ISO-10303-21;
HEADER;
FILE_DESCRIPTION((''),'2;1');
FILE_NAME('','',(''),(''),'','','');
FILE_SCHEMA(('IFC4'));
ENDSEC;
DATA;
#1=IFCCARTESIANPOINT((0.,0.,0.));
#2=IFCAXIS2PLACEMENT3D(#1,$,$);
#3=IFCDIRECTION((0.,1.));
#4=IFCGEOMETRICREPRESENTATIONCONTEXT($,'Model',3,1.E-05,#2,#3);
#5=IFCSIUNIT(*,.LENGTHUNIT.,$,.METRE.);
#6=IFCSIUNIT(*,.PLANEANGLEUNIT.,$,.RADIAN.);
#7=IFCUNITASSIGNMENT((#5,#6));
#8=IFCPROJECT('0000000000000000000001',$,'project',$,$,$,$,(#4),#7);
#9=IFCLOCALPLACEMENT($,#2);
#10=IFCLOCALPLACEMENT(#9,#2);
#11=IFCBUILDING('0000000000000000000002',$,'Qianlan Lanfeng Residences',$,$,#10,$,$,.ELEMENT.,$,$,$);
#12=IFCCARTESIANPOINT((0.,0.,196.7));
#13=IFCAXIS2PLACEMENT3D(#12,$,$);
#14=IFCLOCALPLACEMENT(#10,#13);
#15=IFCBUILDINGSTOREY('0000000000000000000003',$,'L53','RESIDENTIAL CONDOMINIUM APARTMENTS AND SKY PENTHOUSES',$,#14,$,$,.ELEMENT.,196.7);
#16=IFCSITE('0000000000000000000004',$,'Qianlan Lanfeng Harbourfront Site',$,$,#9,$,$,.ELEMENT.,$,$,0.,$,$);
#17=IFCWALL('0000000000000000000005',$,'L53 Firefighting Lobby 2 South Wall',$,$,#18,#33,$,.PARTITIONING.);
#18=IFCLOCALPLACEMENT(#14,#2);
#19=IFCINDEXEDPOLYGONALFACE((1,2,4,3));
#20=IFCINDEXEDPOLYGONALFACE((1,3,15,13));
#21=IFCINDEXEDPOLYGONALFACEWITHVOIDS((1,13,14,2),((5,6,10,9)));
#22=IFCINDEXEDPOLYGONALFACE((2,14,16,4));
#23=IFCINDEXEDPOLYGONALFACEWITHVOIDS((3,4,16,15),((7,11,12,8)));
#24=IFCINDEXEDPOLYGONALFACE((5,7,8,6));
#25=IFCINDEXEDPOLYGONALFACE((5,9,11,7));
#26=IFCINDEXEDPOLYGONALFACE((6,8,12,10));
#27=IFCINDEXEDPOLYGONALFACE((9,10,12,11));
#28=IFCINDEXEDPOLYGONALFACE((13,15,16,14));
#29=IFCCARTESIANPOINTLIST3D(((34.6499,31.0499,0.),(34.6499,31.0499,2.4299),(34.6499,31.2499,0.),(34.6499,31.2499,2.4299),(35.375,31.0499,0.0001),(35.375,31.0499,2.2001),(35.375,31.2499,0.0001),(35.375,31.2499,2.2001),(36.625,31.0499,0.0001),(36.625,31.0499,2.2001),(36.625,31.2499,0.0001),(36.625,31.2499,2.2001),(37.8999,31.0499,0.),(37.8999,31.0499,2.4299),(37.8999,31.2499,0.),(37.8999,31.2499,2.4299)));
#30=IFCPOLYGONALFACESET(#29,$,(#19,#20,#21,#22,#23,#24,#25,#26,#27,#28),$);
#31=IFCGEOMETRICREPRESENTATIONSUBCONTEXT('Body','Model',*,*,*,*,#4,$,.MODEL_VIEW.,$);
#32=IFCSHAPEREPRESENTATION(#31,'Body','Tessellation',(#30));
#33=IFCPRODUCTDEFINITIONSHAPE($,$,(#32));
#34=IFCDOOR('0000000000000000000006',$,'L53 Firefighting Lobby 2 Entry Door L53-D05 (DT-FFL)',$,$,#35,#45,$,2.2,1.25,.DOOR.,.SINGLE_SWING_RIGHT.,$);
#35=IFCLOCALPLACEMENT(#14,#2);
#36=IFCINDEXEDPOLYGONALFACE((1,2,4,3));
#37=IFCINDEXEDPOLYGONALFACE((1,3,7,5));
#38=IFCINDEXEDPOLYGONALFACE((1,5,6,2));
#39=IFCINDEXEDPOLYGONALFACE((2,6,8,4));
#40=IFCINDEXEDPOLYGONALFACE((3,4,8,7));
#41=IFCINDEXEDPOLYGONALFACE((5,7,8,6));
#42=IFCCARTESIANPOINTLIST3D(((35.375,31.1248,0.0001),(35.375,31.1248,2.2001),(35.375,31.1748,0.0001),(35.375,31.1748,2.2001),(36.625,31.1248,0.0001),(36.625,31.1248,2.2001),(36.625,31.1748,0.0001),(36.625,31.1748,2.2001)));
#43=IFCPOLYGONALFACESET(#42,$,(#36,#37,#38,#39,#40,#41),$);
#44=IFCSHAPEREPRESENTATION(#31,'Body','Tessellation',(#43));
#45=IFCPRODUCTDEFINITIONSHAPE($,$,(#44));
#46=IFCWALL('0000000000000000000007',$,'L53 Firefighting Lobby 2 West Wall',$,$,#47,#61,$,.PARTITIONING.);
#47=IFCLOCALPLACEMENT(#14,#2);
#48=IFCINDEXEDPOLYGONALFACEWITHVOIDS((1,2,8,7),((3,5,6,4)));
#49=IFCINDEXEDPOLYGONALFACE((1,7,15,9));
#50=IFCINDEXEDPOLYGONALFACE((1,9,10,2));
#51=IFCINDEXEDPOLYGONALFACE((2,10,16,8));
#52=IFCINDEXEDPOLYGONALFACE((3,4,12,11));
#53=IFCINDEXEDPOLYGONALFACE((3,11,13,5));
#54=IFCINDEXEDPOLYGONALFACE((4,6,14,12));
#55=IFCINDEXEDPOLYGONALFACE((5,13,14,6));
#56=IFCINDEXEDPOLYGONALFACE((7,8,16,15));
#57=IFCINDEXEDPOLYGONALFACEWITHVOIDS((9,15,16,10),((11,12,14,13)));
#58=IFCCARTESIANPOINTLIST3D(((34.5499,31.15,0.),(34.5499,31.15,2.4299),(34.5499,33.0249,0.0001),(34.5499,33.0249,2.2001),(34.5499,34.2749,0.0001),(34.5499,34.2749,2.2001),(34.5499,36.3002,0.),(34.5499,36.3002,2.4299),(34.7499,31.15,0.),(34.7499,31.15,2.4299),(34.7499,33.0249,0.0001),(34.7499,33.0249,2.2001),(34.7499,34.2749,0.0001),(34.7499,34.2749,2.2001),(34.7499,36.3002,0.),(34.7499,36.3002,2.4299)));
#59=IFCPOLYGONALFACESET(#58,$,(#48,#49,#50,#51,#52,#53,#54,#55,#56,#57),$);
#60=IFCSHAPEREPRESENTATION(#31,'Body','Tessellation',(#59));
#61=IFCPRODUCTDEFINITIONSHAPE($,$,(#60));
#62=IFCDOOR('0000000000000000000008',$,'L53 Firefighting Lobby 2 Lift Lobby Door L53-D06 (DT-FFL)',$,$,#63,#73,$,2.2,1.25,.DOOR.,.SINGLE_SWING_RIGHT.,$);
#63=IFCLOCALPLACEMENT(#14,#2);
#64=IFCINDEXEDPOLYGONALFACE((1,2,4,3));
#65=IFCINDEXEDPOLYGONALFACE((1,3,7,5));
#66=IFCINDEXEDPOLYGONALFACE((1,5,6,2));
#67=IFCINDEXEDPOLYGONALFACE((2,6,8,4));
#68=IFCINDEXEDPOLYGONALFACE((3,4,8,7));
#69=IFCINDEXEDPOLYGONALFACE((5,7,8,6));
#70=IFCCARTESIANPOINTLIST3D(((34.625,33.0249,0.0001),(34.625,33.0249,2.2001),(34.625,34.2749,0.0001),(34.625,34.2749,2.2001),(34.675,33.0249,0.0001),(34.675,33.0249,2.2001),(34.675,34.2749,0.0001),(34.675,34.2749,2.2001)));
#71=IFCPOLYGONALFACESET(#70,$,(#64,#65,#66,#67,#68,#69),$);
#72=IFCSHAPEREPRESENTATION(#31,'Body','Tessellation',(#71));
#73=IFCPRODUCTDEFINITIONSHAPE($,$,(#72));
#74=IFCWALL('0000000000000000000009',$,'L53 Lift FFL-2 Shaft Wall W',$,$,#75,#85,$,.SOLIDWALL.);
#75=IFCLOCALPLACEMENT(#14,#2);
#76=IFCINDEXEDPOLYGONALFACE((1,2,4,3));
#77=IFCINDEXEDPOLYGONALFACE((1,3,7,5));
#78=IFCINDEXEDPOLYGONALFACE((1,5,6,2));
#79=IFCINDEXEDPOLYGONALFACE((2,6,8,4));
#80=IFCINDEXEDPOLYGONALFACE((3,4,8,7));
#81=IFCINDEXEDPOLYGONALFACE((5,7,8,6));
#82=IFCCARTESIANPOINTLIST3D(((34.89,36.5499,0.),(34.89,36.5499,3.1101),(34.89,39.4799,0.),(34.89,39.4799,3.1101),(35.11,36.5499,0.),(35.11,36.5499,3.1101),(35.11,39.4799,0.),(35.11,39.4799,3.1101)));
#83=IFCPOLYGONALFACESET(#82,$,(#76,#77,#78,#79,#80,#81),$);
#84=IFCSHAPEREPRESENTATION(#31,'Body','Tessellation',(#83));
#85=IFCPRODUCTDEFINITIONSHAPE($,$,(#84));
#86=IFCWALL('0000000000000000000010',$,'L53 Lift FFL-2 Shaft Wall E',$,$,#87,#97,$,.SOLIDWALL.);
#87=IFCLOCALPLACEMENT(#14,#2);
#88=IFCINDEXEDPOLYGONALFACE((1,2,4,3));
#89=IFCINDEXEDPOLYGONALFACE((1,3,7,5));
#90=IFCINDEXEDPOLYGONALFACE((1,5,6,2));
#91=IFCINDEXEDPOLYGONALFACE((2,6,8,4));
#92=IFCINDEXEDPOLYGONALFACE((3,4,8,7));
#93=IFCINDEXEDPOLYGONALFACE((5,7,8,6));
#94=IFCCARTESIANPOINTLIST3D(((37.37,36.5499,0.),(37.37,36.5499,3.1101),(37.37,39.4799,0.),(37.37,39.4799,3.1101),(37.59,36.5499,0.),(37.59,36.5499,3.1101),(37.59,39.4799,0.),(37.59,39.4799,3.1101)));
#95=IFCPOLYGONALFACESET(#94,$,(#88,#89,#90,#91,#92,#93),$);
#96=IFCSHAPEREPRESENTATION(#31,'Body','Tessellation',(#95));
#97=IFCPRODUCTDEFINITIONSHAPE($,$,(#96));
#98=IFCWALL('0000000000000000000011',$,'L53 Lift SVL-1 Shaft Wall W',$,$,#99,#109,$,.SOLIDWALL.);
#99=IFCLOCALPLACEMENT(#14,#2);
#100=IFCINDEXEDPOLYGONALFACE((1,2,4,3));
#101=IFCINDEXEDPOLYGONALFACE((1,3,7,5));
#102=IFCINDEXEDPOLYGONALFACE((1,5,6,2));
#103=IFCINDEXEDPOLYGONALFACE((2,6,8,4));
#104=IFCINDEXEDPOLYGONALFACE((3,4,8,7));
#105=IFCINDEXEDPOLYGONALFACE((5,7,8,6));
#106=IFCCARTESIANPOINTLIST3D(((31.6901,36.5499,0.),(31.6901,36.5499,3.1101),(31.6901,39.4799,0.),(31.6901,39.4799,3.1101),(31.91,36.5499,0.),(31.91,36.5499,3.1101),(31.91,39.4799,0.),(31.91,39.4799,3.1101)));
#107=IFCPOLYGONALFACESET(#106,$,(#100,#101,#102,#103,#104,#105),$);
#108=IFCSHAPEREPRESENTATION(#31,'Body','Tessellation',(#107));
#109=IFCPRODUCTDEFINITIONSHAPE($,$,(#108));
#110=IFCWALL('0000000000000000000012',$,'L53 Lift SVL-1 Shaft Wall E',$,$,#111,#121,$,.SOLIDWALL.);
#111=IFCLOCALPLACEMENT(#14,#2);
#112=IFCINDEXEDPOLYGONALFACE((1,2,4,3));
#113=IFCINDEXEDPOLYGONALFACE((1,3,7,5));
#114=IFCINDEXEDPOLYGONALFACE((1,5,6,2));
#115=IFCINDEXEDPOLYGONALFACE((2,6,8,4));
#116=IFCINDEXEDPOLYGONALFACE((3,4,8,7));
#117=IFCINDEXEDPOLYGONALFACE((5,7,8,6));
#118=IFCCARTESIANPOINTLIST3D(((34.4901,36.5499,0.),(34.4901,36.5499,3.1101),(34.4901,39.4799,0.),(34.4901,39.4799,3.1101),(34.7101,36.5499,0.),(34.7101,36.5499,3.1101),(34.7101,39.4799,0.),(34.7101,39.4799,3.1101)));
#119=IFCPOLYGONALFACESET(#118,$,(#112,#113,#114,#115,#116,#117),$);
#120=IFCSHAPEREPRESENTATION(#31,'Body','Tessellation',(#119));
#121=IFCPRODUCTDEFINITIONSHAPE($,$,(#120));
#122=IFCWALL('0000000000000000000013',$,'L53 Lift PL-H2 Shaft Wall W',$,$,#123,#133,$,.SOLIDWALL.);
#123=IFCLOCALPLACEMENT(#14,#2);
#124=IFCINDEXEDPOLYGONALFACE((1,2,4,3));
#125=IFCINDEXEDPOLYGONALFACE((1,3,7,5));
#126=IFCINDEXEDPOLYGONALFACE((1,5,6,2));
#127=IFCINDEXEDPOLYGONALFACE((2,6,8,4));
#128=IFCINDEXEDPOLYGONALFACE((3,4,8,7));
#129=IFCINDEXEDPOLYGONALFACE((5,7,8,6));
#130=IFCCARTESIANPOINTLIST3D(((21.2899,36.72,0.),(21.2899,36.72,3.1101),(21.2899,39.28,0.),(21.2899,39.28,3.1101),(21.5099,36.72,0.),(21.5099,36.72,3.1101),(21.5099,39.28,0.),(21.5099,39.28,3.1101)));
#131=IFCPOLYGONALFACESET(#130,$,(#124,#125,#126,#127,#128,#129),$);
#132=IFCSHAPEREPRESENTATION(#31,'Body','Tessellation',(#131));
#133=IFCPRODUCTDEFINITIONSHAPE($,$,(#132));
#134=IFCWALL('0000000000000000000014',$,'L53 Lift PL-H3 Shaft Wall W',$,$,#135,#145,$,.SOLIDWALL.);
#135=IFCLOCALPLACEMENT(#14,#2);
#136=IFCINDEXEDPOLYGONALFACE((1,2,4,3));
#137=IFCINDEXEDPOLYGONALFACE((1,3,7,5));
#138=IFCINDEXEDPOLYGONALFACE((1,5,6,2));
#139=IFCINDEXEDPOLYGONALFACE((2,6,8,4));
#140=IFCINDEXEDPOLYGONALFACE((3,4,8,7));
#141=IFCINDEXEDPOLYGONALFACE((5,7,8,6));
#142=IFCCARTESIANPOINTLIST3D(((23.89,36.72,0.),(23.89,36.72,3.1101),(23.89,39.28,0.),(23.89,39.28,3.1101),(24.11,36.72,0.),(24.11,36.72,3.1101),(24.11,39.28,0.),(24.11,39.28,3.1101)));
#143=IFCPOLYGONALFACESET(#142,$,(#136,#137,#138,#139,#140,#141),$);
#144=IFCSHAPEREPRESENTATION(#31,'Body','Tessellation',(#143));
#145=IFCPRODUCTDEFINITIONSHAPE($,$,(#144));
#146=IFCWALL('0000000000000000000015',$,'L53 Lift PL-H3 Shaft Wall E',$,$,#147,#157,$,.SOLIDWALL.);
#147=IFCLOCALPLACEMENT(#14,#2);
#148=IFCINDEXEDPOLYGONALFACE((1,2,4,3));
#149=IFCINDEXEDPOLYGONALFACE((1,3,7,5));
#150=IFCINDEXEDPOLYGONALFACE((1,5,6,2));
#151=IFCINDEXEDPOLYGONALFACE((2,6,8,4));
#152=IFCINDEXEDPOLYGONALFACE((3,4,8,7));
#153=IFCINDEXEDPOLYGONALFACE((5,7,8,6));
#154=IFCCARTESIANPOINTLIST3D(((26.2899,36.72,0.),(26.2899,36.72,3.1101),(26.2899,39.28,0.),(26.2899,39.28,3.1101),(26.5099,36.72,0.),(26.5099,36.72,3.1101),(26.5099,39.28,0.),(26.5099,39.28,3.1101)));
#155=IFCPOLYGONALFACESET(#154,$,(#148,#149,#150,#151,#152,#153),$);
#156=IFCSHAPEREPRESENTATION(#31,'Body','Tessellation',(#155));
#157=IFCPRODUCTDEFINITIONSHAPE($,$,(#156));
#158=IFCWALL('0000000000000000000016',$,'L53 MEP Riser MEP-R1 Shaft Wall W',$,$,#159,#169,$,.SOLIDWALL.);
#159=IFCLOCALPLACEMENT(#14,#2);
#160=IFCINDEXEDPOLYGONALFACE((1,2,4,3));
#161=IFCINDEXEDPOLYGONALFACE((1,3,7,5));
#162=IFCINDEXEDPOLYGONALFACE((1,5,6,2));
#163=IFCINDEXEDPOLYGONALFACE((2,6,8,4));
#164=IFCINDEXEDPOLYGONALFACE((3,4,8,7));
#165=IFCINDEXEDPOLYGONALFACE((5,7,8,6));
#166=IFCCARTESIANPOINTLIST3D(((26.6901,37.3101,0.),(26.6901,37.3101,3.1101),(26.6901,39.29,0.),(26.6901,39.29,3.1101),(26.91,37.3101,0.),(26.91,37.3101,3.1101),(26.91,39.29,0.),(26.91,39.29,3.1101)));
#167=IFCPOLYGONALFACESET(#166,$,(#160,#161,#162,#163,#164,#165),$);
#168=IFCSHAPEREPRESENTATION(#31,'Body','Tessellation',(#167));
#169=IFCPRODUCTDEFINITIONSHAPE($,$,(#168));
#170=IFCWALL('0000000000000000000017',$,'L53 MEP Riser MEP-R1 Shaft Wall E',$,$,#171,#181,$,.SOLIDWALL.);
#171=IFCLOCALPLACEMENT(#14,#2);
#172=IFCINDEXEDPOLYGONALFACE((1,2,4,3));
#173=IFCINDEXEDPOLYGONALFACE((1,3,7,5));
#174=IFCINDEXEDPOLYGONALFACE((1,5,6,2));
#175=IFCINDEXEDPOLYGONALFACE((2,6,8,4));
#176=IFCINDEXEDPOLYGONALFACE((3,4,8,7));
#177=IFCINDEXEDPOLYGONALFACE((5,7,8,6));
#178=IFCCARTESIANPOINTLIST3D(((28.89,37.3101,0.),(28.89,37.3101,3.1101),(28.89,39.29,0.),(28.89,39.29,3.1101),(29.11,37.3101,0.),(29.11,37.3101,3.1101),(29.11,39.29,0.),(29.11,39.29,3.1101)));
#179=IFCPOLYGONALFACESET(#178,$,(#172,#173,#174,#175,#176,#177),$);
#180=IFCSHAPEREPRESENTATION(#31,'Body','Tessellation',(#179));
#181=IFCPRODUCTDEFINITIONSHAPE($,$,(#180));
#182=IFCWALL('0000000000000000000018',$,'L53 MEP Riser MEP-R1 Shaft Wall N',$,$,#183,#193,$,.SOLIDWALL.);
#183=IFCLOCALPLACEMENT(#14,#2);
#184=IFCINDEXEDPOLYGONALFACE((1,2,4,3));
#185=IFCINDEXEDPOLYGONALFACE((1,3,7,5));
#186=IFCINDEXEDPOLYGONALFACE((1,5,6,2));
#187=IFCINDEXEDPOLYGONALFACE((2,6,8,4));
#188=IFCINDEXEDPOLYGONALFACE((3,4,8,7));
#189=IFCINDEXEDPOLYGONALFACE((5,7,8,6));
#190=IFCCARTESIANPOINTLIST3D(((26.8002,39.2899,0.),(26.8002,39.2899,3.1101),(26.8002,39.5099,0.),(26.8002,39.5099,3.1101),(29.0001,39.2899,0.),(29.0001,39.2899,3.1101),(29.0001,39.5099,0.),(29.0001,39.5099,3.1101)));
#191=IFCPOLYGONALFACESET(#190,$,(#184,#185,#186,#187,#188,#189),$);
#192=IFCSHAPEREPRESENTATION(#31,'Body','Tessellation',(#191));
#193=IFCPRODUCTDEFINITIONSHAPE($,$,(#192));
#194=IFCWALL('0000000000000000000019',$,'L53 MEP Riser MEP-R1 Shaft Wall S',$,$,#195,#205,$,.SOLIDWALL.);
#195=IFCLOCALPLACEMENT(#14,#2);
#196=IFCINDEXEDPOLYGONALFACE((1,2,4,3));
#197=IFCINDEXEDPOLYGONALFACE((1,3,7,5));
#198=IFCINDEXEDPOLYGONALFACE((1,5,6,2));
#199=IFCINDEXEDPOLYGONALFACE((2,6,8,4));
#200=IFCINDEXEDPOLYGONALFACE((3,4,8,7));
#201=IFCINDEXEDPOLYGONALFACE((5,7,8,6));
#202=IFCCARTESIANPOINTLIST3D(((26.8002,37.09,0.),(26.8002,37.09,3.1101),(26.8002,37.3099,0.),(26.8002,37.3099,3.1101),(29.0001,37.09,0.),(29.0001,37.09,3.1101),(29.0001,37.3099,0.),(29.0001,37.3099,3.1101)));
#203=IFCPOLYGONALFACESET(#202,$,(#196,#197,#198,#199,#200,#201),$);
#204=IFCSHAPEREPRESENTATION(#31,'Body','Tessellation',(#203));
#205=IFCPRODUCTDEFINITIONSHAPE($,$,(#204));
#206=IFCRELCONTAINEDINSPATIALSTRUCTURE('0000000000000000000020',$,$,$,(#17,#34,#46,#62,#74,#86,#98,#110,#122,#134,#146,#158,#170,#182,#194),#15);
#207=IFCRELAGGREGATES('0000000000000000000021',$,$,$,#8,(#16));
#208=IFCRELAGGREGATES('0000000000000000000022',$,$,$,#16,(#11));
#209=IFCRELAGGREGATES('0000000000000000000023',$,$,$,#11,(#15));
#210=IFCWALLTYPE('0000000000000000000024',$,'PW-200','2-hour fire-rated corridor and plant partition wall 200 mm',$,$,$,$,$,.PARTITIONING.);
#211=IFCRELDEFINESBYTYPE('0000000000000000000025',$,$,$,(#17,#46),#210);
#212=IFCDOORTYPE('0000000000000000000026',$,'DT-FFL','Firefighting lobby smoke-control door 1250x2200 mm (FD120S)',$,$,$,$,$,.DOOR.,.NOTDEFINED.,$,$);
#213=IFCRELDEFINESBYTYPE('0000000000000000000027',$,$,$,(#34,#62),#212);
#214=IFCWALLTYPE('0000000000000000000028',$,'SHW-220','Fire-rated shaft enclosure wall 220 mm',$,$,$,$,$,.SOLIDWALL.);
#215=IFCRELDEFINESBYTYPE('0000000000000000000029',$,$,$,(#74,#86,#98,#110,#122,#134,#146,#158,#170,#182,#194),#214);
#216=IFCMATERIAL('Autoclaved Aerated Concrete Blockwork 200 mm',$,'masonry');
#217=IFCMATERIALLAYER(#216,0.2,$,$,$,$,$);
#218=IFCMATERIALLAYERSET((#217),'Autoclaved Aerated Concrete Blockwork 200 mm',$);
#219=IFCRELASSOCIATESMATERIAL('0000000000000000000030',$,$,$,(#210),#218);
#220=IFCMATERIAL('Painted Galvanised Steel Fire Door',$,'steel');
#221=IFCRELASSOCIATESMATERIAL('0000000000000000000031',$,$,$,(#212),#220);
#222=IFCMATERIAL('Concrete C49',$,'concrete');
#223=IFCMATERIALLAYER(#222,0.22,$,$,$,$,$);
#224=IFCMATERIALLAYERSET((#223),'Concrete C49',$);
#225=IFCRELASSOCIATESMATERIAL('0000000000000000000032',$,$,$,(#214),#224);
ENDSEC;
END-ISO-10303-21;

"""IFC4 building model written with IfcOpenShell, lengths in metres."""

from ifc_helpers import new_model, si_unit, direction, frame, frame_2d, origin, place, context, subcontext, project, spatial, rectangle, extrude, material, layer, layer_set, type_object, element, fill, save


model = new_model("IFC4")

# Units and contexts
model_context = context("Model", 3, precision=1e-05, world=origin(), true_north=direction((0.0, 1.0)))
body_context = subcontext(model_context, "Body", "Model", "MODEL_VIEW")
ifc_project = project(units=[si_unit("LENGTHUNIT", "METRE"), si_unit("PLANEANGLEUNIT", "RADIAN")], contexts=[model_context])

# Site, building, storey
site_placement = place(None, origin())
site = spatial("IfcSite", under=ifc_project, at=site_placement, Name="Qianlan Lanfeng Harbourfront Site", CompositionType="ELEMENT", RefElevation=0.0)
building_placement = place(site_placement, origin())
building = spatial("IfcBuilding", under=site, at=building_placement, Name="Qianlan Lanfeng Residences", CompositionType="ELEMENT")
storey_placement = place(building_placement, frame((0.0, 0.0, 196.7)))
storey = spatial("IfcBuildingStorey", under=building, at=storey_placement, Name="L53", Description="RESIDENTIAL CONDOMINIUM APARTMENTS AND SKY PENTHOUSES", CompositionType="ELEMENT", Elevation=196.7)

# Walls, openings, doors
ifc_material_1 = material(Name="Autoclaved Aerated Concrete Blockwork 200 mm", Category="masonry")
ifc_layer_1 = layer(ifc_material_1, 0.2)
ifc_layer_set_1 = layer_set([ifc_layer_1], Name="Autoclaved Aerated Concrete Blockwork 200 mm")
wall_type_1 = type_object("IfcWallType", Name="PW-200", Description="2-hour fire-rated corridor and plant partition wall 200 mm", PredefinedType="PARTITIONING", material=ifc_layer_set_1)
wall_1_placement = place(storey_placement, frame((34.6499, 31.1499, 0.0), z_axis=(0.0, 0.0, 1.0), x_axis=(1.0, 0.0, 0.0)))
wall_1 = element("IfcWall", 1, at=wall_1_placement, inside=storey, type_object=wall_type_1, Name="L53 Firefighting Lobby 2 South Wall", PredefinedType="PARTITIONING", context=body_context, shape_type="SweptSolid", body=[
    extrude(rectangle(XDim=3.25, YDim=0.2, at=frame_2d((1.625, 0.0))), origin(), (0.0, 0.0, 1.0), 2.4299),
])
opening_1_placement = place(wall_1_placement, frame((0.7251, 0.0, 0.0)))
opening_1 = element("IfcOpeningElement", 2, at=opening_1_placement, cuts=wall_1, PredefinedType="OPENING", context=body_context, shape_type="SweptSolid", body=[
    extrude(rectangle(XDim=1.25, YDim=2.2, at=frame_2d((0.625, 1.1001))), frame((0.0, 0.1099, 0.0), z_axis=(0.0, -1.0, 0.0), x_axis=(1.0, 0.0, 0.0)), (0.0, 0.0, 1.0), 0.22),
])
ifc_material_2 = material(Name="Painted Galvanised Steel Fire Door", Category="steel")
door_type = type_object("IfcDoorType", Name="DT-FFL", Description="Firefighting lobby smoke-control door 1250x2200 mm (FD120S)", OperationType="NOTDEFINED", PredefinedType="DOOR", material=ifc_material_2)
door_1_placement = place(opening_1_placement, origin())
door_1 = element("IfcDoor", 3, at=door_1_placement, inside=storey, type_object=door_type, Name="L53 Firefighting Lobby 2 Entry Door L53-D05 (DT-FFL)", OperationType="SINGLE_SWING_RIGHT", OverallHeight=2.2, OverallWidth=1.25, PredefinedType="DOOR", context=body_context, shape_type="SweptSolid", body=[
    extrude(rectangle(XDim=1.25, YDim=2.2, at=frame_2d((0.625, 1.1001))), frame((0.0, 0.0249, 0.0), z_axis=(0.0, -1.0, 0.0), x_axis=(1.0, 0.0, 0.0)), (0.0, 0.0, 1.0), 0.05),
])
fill(opening_1, door_1)
wall_2_placement = place(storey_placement, frame((34.6499, 31.1499, 0.0), z_axis=(0.0, 0.0, 1.0), x_axis=(0.0, 1.0, 0.0)))
wall_2 = element("IfcWall", 4, at=wall_2_placement, inside=storey, type_object=wall_type_1, Name="L53 Firefighting Lobby 2 West Wall", PredefinedType="PARTITIONING", context=body_context, shape_type="SweptSolid", body=[
    extrude(rectangle(XDim=5.1501, YDim=0.2, at=frame_2d((2.5752, 0.0))), origin(), (0.0, 0.0, 1.0), 2.4299),
])
opening_2_placement = place(wall_2_placement, frame((1.875, 0.0, 0.0)))
opening_2 = element("IfcOpeningElement", 5, at=opening_2_placement, cuts=wall_2, PredefinedType="OPENING", context=body_context, shape_type="SweptSolid", body=[
    extrude(rectangle(XDim=1.25, YDim=2.2, at=frame_2d((0.625, 1.1001))), frame((0.0, 0.1099, 0.0), z_axis=(0.0, -1.0, 0.0), x_axis=(1.0, 0.0, 0.0)), (0.0, 0.0, 1.0), 0.22),
])
door_2_placement = place(opening_2_placement, origin())
door_2 = element("IfcDoor", 6, at=door_2_placement, inside=storey, type_object=door_type, Name="L53 Firefighting Lobby 2 Lift Lobby Door L53-D06 (DT-FFL)", OperationType="SINGLE_SWING_RIGHT", OverallHeight=2.2, OverallWidth=1.25, PredefinedType="DOOR", context=body_context, shape_type="SweptSolid", body=[
    extrude(rectangle(XDim=1.25, YDim=2.2, at=frame_2d((0.625, 1.1001))), frame((0.0, 0.0249, 0.0), z_axis=(0.0, -1.0, 0.0), x_axis=(1.0, 0.0, 0.0)), (0.0, 0.0, 1.0), 0.05),
])
fill(opening_2, door_2)

# Walls
ifc_material_3 = material(Name="Concrete C49", Category="concrete")
ifc_layer_2 = layer(ifc_material_3, 0.22)
ifc_layer_set_2 = layer_set([ifc_layer_2], Name="Concrete C49")
wall_type_2 = type_object("IfcWallType", Name="SHW-220", Description="Fire-rated shaft enclosure wall 220 mm", PredefinedType="SOLIDWALL", material=ifc_layer_set_2)
for number, where, z_axis, x_axis, name in (
    (7, (35.0, 36.55, 0.0), (0.0, 0.0, 1.0), (0.0, 1.0, 0.0), "L53 Lift FFL-2 Shaft Wall W"),
    (8, (37.48, 36.55, 0.0), (0.0, 0.0, 1.0), (0.0, 1.0, 0.0), "L53 Lift FFL-2 Shaft Wall E"),
    (9, (31.8, 36.55, 0.0), (0.0, 0.0, 1.0), (0.0, 1.0, 0.0), "L53 Lift SVL-1 Shaft Wall W"),
    (10, (34.6001, 36.55, 0.0), (0.0, 0.0, 1.0), (0.0, 1.0, 0.0), "L53 Lift SVL-1 Shaft Wall E"),
):
    element("IfcWall", number, at=place(storey_placement, frame(where, z_axis=z_axis, x_axis=x_axis)), inside=storey, type_object=wall_type_2, Name=name, PredefinedType="SOLIDWALL", context=body_context, shape_type="SweptSolid", body=[
        extrude(rectangle(XDim=2.9299, YDim=0.22, at=frame_2d((1.4648, 0.0))), origin(), (0.0, 0.0, 1.0), 3.1101),
    ])
for number, where, z_axis, x_axis, name in (
    (11, (21.3999, 36.72, 0.0), (0.0, 0.0, 1.0), (0.0, 1.0, 0.0), "L53 Lift PL-H2 Shaft Wall W"),
    (12, (24.0, 36.72, 0.0), (0.0, 0.0, 1.0), (0.0, 1.0, 0.0), "L53 Lift PL-H3 Shaft Wall W"),
    (13, (26.3999, 36.72, 0.0), (0.0, 0.0, 1.0), (0.0, 1.0, 0.0), "L53 Lift PL-H3 Shaft Wall E"),
):
    element("IfcWall", number, at=place(storey_placement, frame(where, z_axis=z_axis, x_axis=x_axis)), inside=storey, type_object=wall_type_2, Name=name, PredefinedType="SOLIDWALL", context=body_context, shape_type="SweptSolid", body=[
        extrude(rectangle(XDim=2.5601, YDim=0.22, at=frame_2d((1.28, 0.0))), origin(), (0.0, 0.0, 1.0), 3.1101),
    ])
for number, where, z_axis, x_axis, name in (
    (14, (26.8, 37.3101, 0.0), (0.0, 0.0, 1.0), (0.0, 1.0, 0.0), "L53 MEP Riser MEP-R1 Shaft Wall W"),
    (15, (29.0, 37.3101, 0.0), (0.0, 0.0, 1.0), (0.0, 1.0, 0.0), "L53 MEP Riser MEP-R1 Shaft Wall E"),
):
    element("IfcWall", number, at=place(storey_placement, frame(where, z_axis=z_axis, x_axis=x_axis)), inside=storey, type_object=wall_type_2, Name=name, PredefinedType="SOLIDWALL", context=body_context, shape_type="SweptSolid", body=[
        extrude(rectangle(XDim=1.98, YDim=0.22, at=frame_2d((0.99, 0.0))), origin(), (0.0, 0.0, 1.0), 3.1101),
    ])
for number, where, z_axis, x_axis, name in (
    (16, (26.8, 39.3999, 0.0), (0.0, 0.0, 1.0), (1.0, 0.0, 0.0), "L53 MEP Riser MEP-R1 Shaft Wall N"),
    (17, (26.8, 37.2, 0.0), (0.0, 0.0, 1.0), (1.0, 0.0, 0.0), "L53 MEP Riser MEP-R1 Shaft Wall S"),
):
    element("IfcWall", number, at=place(storey_placement, frame(where, z_axis=z_axis, x_axis=x_axis)), inside=storey, type_object=wall_type_2, Name=name, PredefinedType="SOLIDWALL", context=body_context, shape_type="SweptSolid", body=[
        extrude(rectangle(XDim=2.2, YDim=0.22, at=frame_2d((1.1001, 0.0))), origin(), (0.0, 0.0, 1.0), 3.1101),
    ])

save(model, "model.ifc")
